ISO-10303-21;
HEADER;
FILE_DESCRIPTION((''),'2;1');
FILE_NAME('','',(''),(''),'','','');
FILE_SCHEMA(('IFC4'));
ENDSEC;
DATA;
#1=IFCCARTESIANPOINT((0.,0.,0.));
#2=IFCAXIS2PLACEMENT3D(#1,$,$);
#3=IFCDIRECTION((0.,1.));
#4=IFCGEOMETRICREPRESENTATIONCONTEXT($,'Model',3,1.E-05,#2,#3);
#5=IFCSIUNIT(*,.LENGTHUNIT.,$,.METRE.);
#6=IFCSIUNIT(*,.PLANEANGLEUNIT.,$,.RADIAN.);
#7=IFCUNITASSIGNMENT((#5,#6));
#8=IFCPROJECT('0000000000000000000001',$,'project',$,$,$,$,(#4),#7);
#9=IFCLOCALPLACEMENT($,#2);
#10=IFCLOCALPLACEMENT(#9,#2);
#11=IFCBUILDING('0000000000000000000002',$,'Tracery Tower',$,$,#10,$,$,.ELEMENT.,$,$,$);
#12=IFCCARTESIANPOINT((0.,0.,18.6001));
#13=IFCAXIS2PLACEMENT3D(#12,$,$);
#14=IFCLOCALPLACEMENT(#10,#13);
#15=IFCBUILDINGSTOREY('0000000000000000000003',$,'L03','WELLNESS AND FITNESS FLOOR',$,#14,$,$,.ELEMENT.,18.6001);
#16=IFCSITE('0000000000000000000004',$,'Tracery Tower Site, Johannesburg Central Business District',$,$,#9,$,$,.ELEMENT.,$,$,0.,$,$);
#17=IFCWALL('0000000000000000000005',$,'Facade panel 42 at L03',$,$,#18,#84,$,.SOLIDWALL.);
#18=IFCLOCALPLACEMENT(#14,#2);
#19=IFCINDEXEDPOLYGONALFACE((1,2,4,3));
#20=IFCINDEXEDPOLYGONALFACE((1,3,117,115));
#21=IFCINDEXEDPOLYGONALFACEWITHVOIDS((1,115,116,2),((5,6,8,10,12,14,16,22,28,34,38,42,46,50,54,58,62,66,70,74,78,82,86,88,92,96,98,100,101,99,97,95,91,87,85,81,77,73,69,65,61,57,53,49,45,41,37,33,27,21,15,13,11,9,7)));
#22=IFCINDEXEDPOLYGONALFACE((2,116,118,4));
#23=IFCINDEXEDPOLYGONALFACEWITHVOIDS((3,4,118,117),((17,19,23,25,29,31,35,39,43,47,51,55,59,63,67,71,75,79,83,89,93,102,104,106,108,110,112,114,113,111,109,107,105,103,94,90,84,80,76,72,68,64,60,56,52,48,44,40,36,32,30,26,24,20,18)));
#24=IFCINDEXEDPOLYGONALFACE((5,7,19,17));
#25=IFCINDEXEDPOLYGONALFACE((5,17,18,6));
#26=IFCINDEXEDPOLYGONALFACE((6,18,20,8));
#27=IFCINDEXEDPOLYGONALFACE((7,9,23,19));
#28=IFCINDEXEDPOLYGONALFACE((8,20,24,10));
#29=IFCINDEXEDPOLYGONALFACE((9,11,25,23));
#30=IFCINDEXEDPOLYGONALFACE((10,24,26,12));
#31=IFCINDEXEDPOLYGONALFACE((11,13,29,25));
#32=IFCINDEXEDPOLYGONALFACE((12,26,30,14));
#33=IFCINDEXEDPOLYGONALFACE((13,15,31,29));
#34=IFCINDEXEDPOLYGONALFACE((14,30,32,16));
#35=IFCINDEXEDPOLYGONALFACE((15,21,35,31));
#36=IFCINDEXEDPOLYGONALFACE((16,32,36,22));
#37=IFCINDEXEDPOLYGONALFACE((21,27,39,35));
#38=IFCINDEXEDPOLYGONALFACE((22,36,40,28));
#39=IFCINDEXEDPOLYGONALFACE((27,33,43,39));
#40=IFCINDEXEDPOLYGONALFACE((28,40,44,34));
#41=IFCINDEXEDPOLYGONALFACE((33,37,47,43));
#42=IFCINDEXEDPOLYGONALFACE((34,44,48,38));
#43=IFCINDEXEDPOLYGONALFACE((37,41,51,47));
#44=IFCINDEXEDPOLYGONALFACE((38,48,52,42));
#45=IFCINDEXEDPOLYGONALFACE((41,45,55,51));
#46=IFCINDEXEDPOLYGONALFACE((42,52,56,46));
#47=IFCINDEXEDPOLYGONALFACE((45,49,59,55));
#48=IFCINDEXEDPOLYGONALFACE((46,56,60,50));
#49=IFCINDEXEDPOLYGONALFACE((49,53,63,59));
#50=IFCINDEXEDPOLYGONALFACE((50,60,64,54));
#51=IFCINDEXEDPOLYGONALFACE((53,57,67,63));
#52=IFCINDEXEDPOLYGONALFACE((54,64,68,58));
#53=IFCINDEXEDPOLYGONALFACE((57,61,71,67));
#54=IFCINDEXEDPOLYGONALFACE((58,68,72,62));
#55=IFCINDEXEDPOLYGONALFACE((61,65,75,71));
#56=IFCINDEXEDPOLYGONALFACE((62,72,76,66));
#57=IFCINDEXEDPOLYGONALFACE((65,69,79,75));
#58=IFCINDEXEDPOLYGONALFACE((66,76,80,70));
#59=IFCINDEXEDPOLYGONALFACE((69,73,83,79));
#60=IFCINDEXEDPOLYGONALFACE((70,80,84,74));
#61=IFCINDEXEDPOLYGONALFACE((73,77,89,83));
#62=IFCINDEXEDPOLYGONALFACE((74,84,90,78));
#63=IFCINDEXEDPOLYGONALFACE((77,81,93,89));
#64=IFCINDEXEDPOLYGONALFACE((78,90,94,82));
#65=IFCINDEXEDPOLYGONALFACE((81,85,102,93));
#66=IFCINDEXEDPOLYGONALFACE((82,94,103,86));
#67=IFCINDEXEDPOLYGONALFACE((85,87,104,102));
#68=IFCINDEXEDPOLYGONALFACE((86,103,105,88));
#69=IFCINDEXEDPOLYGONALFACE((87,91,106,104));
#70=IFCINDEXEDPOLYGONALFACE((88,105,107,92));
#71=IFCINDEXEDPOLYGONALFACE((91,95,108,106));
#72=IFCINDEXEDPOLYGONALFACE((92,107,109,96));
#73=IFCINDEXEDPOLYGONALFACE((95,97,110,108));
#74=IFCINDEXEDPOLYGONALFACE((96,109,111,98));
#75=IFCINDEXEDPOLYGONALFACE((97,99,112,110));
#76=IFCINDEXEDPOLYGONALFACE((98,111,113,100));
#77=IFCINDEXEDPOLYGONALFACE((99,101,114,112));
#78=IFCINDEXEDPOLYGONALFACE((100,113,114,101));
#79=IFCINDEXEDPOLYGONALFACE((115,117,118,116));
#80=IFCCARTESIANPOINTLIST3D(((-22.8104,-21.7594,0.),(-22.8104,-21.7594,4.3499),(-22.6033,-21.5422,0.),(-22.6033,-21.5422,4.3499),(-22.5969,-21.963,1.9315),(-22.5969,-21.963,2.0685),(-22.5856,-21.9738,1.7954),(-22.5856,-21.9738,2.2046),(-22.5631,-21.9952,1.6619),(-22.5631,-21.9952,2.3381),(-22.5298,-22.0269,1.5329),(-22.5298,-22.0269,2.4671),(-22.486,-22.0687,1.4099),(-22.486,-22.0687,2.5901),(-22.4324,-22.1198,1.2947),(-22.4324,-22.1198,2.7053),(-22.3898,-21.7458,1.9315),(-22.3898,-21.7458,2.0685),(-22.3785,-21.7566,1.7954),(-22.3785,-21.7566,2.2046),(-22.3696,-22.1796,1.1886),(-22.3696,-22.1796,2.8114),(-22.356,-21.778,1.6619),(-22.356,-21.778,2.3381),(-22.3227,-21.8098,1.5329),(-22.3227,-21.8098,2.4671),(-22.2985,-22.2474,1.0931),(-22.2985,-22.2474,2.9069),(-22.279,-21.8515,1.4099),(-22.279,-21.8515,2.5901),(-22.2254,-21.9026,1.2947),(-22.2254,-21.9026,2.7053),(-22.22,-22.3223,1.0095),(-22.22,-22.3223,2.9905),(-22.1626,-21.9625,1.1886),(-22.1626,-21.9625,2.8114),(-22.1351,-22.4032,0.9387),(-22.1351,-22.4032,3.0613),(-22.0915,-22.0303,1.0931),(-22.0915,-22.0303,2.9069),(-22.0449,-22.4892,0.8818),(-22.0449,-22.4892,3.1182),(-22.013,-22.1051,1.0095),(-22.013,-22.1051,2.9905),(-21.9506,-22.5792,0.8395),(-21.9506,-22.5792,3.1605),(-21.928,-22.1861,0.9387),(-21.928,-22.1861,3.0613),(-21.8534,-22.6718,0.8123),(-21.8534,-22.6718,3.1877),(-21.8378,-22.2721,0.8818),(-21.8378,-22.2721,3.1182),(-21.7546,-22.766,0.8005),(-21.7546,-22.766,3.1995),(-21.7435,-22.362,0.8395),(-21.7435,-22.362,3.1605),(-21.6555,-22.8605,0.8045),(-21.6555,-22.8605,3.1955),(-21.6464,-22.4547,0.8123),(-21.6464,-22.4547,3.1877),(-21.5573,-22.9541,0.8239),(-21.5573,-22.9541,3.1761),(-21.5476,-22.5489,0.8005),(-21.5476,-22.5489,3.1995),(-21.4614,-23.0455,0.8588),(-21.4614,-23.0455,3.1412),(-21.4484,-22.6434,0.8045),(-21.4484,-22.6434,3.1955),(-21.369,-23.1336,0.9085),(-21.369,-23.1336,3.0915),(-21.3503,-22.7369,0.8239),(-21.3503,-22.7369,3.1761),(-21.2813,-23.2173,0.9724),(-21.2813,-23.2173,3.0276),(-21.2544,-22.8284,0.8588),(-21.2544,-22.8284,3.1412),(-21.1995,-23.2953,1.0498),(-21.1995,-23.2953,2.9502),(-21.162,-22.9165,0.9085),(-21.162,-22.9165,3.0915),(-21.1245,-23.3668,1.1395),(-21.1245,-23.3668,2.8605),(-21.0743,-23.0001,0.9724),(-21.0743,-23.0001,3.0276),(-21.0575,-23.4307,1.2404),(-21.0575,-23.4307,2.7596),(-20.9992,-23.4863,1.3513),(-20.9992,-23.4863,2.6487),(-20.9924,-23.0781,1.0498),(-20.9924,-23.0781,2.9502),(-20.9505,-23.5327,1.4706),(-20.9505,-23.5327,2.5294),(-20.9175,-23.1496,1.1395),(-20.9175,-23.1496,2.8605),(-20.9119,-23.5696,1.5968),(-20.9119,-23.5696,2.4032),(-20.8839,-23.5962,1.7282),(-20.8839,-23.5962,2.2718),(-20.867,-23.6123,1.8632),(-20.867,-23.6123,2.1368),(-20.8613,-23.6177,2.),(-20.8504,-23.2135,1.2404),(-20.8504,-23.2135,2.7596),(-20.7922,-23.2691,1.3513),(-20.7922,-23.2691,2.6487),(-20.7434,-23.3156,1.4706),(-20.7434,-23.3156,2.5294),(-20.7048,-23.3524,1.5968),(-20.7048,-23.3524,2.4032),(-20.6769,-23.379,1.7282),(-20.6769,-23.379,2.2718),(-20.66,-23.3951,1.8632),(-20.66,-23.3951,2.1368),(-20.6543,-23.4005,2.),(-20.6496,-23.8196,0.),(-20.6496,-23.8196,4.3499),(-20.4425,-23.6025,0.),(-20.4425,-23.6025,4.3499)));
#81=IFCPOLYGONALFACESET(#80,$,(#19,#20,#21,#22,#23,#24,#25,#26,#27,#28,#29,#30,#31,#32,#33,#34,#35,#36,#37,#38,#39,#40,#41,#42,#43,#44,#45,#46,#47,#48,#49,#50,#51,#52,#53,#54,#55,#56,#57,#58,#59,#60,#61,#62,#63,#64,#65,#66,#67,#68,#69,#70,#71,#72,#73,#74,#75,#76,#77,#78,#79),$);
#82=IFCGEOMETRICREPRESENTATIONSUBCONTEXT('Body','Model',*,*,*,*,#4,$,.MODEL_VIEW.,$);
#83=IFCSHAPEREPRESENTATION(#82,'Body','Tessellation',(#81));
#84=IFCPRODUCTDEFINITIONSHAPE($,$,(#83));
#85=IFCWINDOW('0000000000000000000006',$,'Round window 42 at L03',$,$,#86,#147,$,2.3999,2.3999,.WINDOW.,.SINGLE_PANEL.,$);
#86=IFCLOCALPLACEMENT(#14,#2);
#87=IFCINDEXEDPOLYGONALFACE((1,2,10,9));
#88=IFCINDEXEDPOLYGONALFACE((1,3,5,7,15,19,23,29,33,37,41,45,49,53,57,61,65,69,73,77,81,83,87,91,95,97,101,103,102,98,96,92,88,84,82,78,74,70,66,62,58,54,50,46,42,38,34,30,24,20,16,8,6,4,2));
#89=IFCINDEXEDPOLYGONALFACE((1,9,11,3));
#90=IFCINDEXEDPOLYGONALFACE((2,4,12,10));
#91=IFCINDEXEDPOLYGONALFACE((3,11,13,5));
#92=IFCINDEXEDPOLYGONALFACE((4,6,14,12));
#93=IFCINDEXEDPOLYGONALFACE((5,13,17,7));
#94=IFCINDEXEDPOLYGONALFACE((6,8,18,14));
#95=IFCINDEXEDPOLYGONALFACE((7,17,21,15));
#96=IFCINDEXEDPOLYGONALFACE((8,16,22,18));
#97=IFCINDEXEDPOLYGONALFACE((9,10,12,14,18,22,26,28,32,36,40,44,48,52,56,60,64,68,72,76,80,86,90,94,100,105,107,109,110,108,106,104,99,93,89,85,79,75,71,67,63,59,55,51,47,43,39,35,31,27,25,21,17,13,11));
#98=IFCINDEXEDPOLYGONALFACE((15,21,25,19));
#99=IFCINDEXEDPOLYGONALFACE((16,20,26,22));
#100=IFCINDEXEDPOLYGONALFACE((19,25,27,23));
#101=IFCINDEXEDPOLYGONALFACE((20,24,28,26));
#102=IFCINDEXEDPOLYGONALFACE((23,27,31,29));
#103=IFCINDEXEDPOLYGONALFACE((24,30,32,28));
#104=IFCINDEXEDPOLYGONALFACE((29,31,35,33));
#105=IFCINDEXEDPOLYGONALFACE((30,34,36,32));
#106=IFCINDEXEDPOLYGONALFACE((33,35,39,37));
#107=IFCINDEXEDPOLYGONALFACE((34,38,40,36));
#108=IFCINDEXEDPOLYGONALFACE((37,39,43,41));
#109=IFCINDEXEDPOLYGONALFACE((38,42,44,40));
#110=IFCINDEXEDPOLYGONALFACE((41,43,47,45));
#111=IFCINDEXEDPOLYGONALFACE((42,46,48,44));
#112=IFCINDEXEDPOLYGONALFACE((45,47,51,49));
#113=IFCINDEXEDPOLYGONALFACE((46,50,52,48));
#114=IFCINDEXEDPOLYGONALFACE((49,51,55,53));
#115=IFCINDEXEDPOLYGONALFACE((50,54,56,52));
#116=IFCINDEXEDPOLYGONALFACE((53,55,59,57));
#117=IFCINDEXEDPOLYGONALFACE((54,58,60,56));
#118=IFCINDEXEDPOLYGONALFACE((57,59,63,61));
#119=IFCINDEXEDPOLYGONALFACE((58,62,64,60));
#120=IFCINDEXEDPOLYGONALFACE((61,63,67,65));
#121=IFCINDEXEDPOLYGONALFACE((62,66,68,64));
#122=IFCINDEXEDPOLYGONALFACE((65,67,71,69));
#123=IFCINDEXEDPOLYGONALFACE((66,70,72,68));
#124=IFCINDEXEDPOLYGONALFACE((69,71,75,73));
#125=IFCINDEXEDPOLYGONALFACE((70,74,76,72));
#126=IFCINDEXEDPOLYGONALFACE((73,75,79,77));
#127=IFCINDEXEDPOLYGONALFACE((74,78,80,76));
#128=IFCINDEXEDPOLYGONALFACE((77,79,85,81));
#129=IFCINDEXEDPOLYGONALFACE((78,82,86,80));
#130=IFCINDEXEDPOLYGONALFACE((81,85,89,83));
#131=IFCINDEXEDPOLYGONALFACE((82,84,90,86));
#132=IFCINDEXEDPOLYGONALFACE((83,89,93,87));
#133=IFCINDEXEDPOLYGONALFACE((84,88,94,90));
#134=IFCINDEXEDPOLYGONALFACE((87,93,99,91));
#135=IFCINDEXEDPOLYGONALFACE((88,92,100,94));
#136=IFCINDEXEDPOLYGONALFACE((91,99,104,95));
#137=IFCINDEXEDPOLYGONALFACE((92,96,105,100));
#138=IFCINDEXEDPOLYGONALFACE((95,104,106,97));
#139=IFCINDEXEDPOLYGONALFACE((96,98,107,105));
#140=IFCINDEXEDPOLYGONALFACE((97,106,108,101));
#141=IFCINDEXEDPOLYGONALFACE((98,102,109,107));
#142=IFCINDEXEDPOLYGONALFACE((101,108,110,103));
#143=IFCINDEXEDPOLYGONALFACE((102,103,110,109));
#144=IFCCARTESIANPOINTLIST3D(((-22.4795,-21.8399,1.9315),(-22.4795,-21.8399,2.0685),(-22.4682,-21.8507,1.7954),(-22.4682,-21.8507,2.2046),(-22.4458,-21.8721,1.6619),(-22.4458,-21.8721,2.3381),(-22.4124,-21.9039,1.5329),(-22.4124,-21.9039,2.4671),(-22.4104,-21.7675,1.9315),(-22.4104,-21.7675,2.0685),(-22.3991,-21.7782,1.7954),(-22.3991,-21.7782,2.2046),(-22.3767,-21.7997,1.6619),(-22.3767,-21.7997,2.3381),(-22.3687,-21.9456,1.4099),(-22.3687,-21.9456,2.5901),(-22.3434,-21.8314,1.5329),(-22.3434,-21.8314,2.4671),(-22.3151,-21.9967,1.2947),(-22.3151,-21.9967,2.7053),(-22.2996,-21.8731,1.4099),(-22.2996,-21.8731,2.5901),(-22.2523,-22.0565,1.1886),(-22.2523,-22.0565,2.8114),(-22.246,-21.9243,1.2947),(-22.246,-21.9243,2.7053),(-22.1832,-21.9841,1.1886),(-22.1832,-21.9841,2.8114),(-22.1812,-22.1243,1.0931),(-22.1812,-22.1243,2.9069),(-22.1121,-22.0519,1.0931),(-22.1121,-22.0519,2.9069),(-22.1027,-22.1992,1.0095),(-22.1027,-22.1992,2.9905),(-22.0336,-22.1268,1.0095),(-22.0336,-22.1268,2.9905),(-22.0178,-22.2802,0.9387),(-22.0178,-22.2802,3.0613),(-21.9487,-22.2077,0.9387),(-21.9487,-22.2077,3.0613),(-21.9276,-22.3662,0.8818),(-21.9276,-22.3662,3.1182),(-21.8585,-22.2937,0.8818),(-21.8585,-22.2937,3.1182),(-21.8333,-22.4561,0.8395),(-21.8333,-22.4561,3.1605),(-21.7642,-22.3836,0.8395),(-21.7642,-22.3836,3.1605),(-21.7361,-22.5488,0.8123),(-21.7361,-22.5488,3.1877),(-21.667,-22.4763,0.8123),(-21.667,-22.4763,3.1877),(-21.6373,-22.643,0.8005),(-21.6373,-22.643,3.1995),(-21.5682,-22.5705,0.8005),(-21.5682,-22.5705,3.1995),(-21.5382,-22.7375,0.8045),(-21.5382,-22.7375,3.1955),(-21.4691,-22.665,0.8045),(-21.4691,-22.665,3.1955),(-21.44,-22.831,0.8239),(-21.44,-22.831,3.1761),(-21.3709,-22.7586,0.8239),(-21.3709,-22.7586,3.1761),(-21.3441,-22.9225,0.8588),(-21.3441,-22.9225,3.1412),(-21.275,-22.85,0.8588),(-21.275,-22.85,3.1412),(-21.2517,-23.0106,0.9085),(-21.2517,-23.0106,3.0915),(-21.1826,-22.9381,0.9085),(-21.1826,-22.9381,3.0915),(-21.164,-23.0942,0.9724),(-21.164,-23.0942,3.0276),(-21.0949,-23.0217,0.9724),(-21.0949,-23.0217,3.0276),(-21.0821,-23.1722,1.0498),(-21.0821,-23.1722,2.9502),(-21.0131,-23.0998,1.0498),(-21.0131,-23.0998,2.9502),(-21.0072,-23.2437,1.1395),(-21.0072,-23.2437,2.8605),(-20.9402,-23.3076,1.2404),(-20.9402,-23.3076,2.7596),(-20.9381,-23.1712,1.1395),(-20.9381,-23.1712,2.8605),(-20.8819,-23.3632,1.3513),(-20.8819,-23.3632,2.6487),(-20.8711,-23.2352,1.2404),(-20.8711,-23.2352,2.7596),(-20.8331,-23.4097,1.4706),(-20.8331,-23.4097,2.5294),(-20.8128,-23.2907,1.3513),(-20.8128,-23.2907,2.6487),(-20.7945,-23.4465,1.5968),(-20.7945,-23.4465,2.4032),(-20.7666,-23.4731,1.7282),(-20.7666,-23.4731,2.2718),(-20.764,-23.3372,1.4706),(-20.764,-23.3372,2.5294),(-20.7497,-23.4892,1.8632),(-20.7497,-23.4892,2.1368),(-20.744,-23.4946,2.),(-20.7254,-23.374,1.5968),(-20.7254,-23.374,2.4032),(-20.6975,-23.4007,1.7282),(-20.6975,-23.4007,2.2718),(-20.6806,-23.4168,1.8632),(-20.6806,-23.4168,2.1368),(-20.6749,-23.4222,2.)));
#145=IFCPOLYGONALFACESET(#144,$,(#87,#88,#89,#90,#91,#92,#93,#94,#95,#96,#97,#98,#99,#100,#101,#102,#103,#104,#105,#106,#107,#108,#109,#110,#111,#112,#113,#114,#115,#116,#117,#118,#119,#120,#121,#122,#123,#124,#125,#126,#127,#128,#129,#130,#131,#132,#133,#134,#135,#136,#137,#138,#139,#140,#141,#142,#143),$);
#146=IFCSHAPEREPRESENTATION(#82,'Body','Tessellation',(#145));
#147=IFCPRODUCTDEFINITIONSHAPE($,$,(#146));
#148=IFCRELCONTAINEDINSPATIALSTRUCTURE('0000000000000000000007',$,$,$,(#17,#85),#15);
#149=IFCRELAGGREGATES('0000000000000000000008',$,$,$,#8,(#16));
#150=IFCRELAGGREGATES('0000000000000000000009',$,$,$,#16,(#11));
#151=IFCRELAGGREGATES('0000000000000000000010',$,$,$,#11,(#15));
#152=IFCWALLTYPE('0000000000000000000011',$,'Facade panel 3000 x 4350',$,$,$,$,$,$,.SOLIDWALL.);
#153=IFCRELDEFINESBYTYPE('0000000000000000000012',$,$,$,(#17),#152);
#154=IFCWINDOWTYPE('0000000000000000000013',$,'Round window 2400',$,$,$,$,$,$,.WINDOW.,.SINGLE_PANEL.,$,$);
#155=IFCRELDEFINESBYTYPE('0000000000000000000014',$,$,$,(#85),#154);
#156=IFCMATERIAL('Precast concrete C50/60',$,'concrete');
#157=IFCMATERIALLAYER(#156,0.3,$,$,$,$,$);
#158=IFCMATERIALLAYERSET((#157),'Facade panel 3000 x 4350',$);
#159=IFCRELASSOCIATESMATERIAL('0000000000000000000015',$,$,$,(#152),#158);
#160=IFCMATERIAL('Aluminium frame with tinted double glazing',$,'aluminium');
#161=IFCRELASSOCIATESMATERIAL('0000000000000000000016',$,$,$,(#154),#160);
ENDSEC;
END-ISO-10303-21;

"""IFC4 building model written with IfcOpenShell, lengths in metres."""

from ifc_helpers import new_model, si_unit, direction, frame, frame_2d, origin, origin_2d, place, context, subcontext, project, spatial, rectangle, circle, extrude, material, layer, layer_set, type_object, element, fill, save


model = new_model("IFC4")

# Units and contexts
model_context = context("Model", 3, precision=1e-05, world=origin(), true_north=direction((0.0, 1.0)))
body_context = subcontext(model_context, "Body", "Model", "MODEL_VIEW")
ifc_project = project(units=[si_unit("LENGTHUNIT", "METRE"), si_unit("PLANEANGLEUNIT", "RADIAN")], contexts=[model_context])

# Site, building, storey
site_placement = place(None, origin())
site = spatial("IfcSite", under=ifc_project, at=site_placement, Name="Tracery Tower Site, Johannesburg Central Business District", CompositionType="ELEMENT", RefElevation=0.0)
building_placement = place(site_placement, origin())
building = spatial("IfcBuilding", under=site, at=building_placement, Name="Tracery Tower", CompositionType="ELEMENT")
storey_placement = place(building_placement, frame((0.0, 0.0, 18.6001)))
storey = spatial("IfcBuildingStorey", under=building, at=storey_placement, Name="L03", Description="WELLNESS AND FITNESS FLOOR", CompositionType="ELEMENT", Elevation=18.6001)

# Wall, opening, window
ifc_material_1 = material(Name="Precast concrete C50/60", Category="concrete")
ifc_layer_1 = layer(ifc_material_1, 0.3)
ifc_layer_set_1 = layer_set([ifc_layer_1], Name="Facade panel 3000 x 4350")
wall_type_1 = type_object("IfcWallType", Name="Facade panel 3000 x 4350", PredefinedType="SOLIDWALL", material=ifc_layer_set_1)
ifc_material_2 = material(Name="Aluminium frame with tinted double glazing", Category="aluminium")
window_type = type_object("IfcWindowType", Name="Round window 2400", PartitioningType="SINGLE_PANEL", PredefinedType="WINDOW", material=ifc_material_2)
wall_1_placement = place(storey_placement, frame((-22.7068, -21.6509, 0.0), z_axis=(0.0, 0.0, 1.0), x_axis=(0.723751, -0.690061, 0.0)))
wall_1 = element("IfcWall", 1, at=wall_1_placement, inside=storey, type_object=wall_type_1, Name="Facade panel 42 at L03", PredefinedType="SOLIDWALL", context=body_context, shape_type="SweptSolid", body=[
    extrude(rectangle(XDim=2.9856, YDim=0.3, at=frame_2d((1.4927, 0.0))), origin(), (0.0, 0.0, 1.0), 4.3499),
])
opening_1_placement = place(wall_1_placement, frame((1.4929, 0.0, 2.0)))
opening_1 = element("IfcOpeningElement", 2, at=opening_1_placement, cuts=wall_1, PredefinedType="OPENING", context=body_context, shape_type="SweptSolid", body=[
    extrude(circle(Radius=1.2, at=origin_2d()), frame((0.0, 0.1599, 0.0), z_axis=(0.0, -1.0, 0.0), x_axis=(1.0, 0.0, 0.0)), (0.0, 0.0, 1.0), 0.3201),
])
window_1_placement = place(opening_1_placement, origin())
window_1 = element("IfcWindow", 3, at=window_1_placement, inside=storey, type_object=window_type, Name="Round window 42 at L03", OverallHeight=2.3999, OverallWidth=2.3999, PartitioningType="SINGLE_PANEL", PredefinedType="WINDOW", context=body_context, shape_type="SweptSolid", body=[
    extrude(circle(Radius=1.2, at=origin_2d()), frame((0.0, 0.1201, 0.0), z_axis=(0.0, -1.0, 0.0), x_axis=(1.0, 0.0, 0.0)), (0.0, 0.0, 1.0), 0.1001),
])
fill(opening_1, window_1)

save(model, "model.ifc")
